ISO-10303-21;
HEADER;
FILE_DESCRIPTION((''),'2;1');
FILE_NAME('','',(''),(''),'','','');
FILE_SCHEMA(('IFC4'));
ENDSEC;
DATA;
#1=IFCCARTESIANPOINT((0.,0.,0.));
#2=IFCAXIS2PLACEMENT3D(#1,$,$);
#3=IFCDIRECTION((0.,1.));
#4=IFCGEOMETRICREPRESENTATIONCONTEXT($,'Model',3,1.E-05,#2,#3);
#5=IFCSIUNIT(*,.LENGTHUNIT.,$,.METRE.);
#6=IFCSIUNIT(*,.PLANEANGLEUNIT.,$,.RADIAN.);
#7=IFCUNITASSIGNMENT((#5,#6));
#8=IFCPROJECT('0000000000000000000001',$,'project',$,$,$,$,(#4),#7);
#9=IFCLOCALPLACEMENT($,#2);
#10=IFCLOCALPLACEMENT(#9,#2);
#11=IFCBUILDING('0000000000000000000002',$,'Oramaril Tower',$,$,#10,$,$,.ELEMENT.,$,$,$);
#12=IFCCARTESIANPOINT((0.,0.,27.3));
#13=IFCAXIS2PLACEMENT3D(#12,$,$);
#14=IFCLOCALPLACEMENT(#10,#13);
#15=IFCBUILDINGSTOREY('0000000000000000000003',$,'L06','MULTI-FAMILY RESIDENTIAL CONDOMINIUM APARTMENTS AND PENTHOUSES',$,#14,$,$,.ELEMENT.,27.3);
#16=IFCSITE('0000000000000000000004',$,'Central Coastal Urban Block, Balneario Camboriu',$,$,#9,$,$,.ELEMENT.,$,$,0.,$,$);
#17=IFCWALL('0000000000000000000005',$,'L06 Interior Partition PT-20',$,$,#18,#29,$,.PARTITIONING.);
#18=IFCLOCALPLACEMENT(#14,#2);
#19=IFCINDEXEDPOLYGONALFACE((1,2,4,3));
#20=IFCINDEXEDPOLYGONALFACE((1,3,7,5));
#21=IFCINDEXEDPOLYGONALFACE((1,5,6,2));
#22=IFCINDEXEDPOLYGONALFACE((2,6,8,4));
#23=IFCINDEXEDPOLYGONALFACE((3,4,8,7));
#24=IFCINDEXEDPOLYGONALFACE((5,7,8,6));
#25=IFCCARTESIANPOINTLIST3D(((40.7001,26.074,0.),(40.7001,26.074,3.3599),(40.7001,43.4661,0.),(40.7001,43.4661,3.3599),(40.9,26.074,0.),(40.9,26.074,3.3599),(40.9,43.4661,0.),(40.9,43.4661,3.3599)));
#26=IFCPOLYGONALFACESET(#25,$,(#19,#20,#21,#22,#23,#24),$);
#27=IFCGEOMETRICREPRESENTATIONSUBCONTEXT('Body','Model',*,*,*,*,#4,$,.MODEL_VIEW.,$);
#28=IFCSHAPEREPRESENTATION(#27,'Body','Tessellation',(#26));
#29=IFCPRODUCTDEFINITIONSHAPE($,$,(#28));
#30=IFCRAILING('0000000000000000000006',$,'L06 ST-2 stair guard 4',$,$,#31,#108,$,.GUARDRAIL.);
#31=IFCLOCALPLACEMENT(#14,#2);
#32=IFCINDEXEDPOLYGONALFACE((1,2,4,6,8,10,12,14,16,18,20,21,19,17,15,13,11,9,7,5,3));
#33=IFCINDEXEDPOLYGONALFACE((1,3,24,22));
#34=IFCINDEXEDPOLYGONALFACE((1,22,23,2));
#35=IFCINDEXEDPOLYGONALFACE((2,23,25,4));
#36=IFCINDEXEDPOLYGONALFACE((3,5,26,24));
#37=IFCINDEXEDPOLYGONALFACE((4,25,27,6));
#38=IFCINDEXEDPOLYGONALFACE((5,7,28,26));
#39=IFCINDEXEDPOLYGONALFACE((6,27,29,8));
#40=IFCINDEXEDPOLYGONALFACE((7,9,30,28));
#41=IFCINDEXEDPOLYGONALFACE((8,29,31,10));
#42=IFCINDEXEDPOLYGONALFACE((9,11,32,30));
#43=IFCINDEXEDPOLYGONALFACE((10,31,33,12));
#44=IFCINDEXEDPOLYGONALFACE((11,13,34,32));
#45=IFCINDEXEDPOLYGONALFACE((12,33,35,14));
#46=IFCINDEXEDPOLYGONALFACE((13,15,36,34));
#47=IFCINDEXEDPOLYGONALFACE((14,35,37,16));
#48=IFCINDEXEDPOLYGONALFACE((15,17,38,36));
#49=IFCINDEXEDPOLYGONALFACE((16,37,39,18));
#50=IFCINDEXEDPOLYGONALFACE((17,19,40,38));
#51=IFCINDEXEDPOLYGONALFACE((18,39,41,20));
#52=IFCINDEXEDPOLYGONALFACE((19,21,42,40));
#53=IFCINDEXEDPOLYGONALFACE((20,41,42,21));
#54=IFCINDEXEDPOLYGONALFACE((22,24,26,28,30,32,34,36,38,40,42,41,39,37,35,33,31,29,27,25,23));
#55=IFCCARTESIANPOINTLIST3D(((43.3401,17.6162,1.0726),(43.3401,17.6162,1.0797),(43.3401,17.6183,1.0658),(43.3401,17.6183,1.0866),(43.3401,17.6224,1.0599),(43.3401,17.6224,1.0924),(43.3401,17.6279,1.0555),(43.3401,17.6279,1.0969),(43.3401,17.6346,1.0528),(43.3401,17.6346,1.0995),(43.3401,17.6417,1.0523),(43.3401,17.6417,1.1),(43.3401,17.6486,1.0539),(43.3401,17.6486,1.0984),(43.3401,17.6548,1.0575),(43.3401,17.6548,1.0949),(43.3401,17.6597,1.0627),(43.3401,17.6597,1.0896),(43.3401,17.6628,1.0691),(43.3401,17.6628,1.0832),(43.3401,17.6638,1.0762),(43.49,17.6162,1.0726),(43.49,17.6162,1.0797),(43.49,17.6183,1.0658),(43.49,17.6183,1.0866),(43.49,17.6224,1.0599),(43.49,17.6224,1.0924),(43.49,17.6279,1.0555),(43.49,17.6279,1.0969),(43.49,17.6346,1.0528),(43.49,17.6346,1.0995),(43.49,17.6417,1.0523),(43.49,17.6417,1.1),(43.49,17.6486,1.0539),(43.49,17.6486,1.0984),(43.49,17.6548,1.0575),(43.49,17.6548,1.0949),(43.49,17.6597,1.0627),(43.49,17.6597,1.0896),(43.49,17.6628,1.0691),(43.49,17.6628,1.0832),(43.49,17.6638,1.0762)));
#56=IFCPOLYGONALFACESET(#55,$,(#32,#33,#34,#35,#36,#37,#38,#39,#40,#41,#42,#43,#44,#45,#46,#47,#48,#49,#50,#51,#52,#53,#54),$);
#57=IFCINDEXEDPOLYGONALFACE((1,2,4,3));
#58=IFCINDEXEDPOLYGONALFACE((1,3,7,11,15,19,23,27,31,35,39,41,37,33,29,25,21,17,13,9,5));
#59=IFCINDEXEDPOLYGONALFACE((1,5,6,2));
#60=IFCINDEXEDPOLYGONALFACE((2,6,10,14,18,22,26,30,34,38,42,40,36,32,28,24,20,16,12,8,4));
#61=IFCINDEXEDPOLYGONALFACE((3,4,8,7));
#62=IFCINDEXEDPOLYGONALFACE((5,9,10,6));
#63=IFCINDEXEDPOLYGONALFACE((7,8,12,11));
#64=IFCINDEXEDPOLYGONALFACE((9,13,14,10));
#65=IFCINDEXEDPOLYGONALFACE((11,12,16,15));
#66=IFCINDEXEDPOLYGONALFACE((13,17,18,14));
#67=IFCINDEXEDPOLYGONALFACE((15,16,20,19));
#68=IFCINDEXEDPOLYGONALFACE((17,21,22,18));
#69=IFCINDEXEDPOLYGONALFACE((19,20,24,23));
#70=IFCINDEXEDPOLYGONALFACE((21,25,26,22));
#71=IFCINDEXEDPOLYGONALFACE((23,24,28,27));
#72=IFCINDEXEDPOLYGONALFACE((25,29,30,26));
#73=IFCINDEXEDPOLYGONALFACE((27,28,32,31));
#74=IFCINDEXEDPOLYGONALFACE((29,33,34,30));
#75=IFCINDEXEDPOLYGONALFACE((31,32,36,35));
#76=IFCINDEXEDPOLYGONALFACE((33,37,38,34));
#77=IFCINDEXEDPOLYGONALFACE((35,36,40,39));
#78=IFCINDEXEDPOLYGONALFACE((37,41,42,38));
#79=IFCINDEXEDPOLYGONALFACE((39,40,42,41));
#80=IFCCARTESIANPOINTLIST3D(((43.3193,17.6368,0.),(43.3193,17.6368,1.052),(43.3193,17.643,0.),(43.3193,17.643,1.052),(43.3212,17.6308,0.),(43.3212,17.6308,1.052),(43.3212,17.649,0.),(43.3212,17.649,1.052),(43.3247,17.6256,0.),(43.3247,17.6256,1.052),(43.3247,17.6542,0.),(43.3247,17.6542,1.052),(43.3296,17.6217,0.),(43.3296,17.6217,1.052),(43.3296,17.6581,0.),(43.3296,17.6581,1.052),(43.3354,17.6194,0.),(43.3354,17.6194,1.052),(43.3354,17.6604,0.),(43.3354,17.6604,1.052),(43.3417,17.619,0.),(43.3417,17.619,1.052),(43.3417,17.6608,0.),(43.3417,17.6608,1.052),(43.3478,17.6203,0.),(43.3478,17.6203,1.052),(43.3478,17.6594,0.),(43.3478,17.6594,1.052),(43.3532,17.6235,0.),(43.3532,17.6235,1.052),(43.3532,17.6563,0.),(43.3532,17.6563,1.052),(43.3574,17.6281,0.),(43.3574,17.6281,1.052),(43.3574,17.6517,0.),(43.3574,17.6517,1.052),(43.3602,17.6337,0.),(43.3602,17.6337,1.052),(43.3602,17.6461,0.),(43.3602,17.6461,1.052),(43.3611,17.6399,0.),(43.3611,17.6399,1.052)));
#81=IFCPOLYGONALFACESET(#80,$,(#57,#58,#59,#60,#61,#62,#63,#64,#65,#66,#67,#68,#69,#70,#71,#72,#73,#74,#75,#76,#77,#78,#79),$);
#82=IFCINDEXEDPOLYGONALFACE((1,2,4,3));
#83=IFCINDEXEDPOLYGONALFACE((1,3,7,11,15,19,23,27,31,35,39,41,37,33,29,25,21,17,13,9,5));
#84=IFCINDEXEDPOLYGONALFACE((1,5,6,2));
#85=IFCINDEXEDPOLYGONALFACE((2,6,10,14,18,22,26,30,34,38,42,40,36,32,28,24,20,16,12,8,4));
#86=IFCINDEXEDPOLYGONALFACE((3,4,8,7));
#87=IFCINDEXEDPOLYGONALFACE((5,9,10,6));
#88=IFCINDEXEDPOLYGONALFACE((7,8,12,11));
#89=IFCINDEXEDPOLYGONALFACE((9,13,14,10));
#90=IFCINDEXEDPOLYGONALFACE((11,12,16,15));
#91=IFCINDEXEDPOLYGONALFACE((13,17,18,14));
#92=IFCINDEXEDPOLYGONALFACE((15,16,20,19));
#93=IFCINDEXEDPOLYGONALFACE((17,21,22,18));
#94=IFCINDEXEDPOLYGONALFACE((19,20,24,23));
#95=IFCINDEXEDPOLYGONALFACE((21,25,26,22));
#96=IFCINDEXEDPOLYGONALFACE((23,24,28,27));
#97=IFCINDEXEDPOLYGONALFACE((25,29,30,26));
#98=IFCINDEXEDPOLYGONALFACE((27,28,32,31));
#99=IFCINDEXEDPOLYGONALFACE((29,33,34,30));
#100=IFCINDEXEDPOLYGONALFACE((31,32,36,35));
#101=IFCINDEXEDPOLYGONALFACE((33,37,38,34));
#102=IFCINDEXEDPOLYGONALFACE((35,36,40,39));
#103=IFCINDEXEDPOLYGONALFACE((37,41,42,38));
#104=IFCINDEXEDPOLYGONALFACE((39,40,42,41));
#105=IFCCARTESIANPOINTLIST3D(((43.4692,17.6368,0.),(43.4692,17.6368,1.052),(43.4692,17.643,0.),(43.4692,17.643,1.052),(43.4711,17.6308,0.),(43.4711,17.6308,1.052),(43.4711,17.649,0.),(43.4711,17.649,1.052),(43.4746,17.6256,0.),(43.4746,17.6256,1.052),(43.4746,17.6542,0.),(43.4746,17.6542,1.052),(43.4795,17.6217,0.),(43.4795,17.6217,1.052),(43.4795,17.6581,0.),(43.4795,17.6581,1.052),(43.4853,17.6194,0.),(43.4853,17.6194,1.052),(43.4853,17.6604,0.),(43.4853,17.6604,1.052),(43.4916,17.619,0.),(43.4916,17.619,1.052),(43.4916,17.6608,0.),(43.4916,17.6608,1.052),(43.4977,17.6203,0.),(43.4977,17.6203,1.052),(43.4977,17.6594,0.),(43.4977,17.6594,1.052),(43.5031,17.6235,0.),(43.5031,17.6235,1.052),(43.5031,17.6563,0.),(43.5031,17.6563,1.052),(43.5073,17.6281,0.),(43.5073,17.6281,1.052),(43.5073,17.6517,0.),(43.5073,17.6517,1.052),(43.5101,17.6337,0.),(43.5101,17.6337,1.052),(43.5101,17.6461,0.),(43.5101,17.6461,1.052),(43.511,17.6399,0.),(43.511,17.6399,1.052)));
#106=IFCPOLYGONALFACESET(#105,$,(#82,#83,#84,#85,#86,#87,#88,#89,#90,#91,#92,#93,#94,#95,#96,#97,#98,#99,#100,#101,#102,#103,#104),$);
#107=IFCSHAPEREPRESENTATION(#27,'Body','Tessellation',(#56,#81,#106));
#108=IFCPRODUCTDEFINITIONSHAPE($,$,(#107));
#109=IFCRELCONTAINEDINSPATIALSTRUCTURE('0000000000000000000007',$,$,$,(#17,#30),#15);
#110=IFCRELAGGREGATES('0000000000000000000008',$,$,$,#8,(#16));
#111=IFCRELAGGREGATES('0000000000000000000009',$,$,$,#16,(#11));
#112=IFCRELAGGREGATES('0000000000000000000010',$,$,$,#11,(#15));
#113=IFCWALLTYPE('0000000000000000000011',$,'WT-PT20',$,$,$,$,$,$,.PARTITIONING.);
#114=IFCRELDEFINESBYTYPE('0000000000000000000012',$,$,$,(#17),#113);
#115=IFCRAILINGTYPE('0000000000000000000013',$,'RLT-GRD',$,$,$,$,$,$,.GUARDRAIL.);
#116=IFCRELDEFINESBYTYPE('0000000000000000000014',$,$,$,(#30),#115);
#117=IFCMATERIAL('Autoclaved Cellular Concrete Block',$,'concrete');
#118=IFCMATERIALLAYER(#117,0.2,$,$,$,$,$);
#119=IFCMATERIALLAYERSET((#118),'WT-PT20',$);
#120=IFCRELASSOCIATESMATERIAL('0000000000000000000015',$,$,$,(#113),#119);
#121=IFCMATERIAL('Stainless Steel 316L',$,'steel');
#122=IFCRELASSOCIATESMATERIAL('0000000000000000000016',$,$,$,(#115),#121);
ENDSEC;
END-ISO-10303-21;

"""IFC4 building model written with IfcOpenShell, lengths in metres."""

from ifc_helpers import new_model, si_unit, direction, frame, frame_2d, origin, origin_2d, place, context, subcontext, project, spatial, rectangle, circle, extrude, material, layer, layer_set, type_object, element, save


model = new_model("IFC4")

# Units and contexts
model_context = context("Model", 3, precision=1e-05, world=origin(), true_north=direction((0.0, 1.0)))
body_context = subcontext(model_context, "Body", "Model", "MODEL_VIEW")
ifc_project = project(units=[si_unit("LENGTHUNIT", "METRE"), si_unit("PLANEANGLEUNIT", "RADIAN")], contexts=[model_context])

# Site, building, storey
site_placement = place(None, origin())
site = spatial("IfcSite", under=ifc_project, at=site_placement, Name="Central Coastal Urban Block, Balneario Camboriu", CompositionType="ELEMENT", RefElevation=0.0)
building_placement = place(site_placement, origin())
building = spatial("IfcBuilding", under=site, at=building_placement, Name="Oramaril Tower", CompositionType="ELEMENT")
storey_placement = place(building_placement, frame((0.0, 0.0, 27.3)))
storey = spatial("IfcBuildingStorey", under=building, at=storey_placement, Name="L06", Description="MULTI-FAMILY RESIDENTIAL CONDOMINIUM APARTMENTS AND PENTHOUSES", CompositionType="ELEMENT", Elevation=27.3)

# Wall
ifc_material_1 = material(Name="Autoclaved Cellular Concrete Block", Category="concrete")
ifc_layer_1 = layer(ifc_material_1, 0.2)
ifc_layer_set_1 = layer_set([ifc_layer_1], Name="WT-PT20")
wall_type_1 = type_object("IfcWallType", Name="WT-PT20", PredefinedType="PARTITIONING", material=ifc_layer_set_1)
wall_1_placement = place(storey_placement, frame((40.8, 26.074, 0.0), z_axis=(0.0, 0.0, 1.0), x_axis=(0.0, 1.0, 0.0)))
element("IfcWall", 1, at=wall_1_placement, inside=storey, type_object=wall_type_1, Name="L06 Interior Partition PT-20", PredefinedType="PARTITIONING", context=body_context, shape_type="SweptSolid", body=[
    extrude(rectangle(XDim=17.3921, YDim=0.2, at=frame_2d((8.696, 0.0))), origin(), (0.0, 0.0, 1.0), 3.3599),
])

# Railing
ifc_material_2 = material(Name="Stainless Steel 316L", Category="steel")
railing_type = type_object("IfcRailingType", Name="RLT-GRD", PredefinedType="GUARDRAIL", material=ifc_material_2)
railing_placement = place(storey_placement, frame((43.3401, 17.6399, 0.0)))
element("IfcRailing", 2, at=railing_placement, inside=storey, type_object=railing_type, Name="L06 ST-2 stair guard 4", PredefinedType="GUARDRAIL", context=body_context, shape_type="SweptSolid", body=[
    extrude(circle(Radius=0.0239, at=origin_2d()), frame((0.0, 0.0, 1.0762), z_axis=(1.0, 0.0, 0.0), x_axis=(0.0, 1.0, 0.0)), (0.0, 0.0, 1.0), 0.1499),
    extrude(circle(Radius=0.021, at=origin_2d()), origin(), (0.0, 0.0, 1.0), 1.052),
    extrude(circle(Radius=0.021, at=origin_2d()), frame((0.1499, 0.0, 0.0)), (0.0, 0.0, 1.0), 1.052),
])

save(model, "model.ifc")
